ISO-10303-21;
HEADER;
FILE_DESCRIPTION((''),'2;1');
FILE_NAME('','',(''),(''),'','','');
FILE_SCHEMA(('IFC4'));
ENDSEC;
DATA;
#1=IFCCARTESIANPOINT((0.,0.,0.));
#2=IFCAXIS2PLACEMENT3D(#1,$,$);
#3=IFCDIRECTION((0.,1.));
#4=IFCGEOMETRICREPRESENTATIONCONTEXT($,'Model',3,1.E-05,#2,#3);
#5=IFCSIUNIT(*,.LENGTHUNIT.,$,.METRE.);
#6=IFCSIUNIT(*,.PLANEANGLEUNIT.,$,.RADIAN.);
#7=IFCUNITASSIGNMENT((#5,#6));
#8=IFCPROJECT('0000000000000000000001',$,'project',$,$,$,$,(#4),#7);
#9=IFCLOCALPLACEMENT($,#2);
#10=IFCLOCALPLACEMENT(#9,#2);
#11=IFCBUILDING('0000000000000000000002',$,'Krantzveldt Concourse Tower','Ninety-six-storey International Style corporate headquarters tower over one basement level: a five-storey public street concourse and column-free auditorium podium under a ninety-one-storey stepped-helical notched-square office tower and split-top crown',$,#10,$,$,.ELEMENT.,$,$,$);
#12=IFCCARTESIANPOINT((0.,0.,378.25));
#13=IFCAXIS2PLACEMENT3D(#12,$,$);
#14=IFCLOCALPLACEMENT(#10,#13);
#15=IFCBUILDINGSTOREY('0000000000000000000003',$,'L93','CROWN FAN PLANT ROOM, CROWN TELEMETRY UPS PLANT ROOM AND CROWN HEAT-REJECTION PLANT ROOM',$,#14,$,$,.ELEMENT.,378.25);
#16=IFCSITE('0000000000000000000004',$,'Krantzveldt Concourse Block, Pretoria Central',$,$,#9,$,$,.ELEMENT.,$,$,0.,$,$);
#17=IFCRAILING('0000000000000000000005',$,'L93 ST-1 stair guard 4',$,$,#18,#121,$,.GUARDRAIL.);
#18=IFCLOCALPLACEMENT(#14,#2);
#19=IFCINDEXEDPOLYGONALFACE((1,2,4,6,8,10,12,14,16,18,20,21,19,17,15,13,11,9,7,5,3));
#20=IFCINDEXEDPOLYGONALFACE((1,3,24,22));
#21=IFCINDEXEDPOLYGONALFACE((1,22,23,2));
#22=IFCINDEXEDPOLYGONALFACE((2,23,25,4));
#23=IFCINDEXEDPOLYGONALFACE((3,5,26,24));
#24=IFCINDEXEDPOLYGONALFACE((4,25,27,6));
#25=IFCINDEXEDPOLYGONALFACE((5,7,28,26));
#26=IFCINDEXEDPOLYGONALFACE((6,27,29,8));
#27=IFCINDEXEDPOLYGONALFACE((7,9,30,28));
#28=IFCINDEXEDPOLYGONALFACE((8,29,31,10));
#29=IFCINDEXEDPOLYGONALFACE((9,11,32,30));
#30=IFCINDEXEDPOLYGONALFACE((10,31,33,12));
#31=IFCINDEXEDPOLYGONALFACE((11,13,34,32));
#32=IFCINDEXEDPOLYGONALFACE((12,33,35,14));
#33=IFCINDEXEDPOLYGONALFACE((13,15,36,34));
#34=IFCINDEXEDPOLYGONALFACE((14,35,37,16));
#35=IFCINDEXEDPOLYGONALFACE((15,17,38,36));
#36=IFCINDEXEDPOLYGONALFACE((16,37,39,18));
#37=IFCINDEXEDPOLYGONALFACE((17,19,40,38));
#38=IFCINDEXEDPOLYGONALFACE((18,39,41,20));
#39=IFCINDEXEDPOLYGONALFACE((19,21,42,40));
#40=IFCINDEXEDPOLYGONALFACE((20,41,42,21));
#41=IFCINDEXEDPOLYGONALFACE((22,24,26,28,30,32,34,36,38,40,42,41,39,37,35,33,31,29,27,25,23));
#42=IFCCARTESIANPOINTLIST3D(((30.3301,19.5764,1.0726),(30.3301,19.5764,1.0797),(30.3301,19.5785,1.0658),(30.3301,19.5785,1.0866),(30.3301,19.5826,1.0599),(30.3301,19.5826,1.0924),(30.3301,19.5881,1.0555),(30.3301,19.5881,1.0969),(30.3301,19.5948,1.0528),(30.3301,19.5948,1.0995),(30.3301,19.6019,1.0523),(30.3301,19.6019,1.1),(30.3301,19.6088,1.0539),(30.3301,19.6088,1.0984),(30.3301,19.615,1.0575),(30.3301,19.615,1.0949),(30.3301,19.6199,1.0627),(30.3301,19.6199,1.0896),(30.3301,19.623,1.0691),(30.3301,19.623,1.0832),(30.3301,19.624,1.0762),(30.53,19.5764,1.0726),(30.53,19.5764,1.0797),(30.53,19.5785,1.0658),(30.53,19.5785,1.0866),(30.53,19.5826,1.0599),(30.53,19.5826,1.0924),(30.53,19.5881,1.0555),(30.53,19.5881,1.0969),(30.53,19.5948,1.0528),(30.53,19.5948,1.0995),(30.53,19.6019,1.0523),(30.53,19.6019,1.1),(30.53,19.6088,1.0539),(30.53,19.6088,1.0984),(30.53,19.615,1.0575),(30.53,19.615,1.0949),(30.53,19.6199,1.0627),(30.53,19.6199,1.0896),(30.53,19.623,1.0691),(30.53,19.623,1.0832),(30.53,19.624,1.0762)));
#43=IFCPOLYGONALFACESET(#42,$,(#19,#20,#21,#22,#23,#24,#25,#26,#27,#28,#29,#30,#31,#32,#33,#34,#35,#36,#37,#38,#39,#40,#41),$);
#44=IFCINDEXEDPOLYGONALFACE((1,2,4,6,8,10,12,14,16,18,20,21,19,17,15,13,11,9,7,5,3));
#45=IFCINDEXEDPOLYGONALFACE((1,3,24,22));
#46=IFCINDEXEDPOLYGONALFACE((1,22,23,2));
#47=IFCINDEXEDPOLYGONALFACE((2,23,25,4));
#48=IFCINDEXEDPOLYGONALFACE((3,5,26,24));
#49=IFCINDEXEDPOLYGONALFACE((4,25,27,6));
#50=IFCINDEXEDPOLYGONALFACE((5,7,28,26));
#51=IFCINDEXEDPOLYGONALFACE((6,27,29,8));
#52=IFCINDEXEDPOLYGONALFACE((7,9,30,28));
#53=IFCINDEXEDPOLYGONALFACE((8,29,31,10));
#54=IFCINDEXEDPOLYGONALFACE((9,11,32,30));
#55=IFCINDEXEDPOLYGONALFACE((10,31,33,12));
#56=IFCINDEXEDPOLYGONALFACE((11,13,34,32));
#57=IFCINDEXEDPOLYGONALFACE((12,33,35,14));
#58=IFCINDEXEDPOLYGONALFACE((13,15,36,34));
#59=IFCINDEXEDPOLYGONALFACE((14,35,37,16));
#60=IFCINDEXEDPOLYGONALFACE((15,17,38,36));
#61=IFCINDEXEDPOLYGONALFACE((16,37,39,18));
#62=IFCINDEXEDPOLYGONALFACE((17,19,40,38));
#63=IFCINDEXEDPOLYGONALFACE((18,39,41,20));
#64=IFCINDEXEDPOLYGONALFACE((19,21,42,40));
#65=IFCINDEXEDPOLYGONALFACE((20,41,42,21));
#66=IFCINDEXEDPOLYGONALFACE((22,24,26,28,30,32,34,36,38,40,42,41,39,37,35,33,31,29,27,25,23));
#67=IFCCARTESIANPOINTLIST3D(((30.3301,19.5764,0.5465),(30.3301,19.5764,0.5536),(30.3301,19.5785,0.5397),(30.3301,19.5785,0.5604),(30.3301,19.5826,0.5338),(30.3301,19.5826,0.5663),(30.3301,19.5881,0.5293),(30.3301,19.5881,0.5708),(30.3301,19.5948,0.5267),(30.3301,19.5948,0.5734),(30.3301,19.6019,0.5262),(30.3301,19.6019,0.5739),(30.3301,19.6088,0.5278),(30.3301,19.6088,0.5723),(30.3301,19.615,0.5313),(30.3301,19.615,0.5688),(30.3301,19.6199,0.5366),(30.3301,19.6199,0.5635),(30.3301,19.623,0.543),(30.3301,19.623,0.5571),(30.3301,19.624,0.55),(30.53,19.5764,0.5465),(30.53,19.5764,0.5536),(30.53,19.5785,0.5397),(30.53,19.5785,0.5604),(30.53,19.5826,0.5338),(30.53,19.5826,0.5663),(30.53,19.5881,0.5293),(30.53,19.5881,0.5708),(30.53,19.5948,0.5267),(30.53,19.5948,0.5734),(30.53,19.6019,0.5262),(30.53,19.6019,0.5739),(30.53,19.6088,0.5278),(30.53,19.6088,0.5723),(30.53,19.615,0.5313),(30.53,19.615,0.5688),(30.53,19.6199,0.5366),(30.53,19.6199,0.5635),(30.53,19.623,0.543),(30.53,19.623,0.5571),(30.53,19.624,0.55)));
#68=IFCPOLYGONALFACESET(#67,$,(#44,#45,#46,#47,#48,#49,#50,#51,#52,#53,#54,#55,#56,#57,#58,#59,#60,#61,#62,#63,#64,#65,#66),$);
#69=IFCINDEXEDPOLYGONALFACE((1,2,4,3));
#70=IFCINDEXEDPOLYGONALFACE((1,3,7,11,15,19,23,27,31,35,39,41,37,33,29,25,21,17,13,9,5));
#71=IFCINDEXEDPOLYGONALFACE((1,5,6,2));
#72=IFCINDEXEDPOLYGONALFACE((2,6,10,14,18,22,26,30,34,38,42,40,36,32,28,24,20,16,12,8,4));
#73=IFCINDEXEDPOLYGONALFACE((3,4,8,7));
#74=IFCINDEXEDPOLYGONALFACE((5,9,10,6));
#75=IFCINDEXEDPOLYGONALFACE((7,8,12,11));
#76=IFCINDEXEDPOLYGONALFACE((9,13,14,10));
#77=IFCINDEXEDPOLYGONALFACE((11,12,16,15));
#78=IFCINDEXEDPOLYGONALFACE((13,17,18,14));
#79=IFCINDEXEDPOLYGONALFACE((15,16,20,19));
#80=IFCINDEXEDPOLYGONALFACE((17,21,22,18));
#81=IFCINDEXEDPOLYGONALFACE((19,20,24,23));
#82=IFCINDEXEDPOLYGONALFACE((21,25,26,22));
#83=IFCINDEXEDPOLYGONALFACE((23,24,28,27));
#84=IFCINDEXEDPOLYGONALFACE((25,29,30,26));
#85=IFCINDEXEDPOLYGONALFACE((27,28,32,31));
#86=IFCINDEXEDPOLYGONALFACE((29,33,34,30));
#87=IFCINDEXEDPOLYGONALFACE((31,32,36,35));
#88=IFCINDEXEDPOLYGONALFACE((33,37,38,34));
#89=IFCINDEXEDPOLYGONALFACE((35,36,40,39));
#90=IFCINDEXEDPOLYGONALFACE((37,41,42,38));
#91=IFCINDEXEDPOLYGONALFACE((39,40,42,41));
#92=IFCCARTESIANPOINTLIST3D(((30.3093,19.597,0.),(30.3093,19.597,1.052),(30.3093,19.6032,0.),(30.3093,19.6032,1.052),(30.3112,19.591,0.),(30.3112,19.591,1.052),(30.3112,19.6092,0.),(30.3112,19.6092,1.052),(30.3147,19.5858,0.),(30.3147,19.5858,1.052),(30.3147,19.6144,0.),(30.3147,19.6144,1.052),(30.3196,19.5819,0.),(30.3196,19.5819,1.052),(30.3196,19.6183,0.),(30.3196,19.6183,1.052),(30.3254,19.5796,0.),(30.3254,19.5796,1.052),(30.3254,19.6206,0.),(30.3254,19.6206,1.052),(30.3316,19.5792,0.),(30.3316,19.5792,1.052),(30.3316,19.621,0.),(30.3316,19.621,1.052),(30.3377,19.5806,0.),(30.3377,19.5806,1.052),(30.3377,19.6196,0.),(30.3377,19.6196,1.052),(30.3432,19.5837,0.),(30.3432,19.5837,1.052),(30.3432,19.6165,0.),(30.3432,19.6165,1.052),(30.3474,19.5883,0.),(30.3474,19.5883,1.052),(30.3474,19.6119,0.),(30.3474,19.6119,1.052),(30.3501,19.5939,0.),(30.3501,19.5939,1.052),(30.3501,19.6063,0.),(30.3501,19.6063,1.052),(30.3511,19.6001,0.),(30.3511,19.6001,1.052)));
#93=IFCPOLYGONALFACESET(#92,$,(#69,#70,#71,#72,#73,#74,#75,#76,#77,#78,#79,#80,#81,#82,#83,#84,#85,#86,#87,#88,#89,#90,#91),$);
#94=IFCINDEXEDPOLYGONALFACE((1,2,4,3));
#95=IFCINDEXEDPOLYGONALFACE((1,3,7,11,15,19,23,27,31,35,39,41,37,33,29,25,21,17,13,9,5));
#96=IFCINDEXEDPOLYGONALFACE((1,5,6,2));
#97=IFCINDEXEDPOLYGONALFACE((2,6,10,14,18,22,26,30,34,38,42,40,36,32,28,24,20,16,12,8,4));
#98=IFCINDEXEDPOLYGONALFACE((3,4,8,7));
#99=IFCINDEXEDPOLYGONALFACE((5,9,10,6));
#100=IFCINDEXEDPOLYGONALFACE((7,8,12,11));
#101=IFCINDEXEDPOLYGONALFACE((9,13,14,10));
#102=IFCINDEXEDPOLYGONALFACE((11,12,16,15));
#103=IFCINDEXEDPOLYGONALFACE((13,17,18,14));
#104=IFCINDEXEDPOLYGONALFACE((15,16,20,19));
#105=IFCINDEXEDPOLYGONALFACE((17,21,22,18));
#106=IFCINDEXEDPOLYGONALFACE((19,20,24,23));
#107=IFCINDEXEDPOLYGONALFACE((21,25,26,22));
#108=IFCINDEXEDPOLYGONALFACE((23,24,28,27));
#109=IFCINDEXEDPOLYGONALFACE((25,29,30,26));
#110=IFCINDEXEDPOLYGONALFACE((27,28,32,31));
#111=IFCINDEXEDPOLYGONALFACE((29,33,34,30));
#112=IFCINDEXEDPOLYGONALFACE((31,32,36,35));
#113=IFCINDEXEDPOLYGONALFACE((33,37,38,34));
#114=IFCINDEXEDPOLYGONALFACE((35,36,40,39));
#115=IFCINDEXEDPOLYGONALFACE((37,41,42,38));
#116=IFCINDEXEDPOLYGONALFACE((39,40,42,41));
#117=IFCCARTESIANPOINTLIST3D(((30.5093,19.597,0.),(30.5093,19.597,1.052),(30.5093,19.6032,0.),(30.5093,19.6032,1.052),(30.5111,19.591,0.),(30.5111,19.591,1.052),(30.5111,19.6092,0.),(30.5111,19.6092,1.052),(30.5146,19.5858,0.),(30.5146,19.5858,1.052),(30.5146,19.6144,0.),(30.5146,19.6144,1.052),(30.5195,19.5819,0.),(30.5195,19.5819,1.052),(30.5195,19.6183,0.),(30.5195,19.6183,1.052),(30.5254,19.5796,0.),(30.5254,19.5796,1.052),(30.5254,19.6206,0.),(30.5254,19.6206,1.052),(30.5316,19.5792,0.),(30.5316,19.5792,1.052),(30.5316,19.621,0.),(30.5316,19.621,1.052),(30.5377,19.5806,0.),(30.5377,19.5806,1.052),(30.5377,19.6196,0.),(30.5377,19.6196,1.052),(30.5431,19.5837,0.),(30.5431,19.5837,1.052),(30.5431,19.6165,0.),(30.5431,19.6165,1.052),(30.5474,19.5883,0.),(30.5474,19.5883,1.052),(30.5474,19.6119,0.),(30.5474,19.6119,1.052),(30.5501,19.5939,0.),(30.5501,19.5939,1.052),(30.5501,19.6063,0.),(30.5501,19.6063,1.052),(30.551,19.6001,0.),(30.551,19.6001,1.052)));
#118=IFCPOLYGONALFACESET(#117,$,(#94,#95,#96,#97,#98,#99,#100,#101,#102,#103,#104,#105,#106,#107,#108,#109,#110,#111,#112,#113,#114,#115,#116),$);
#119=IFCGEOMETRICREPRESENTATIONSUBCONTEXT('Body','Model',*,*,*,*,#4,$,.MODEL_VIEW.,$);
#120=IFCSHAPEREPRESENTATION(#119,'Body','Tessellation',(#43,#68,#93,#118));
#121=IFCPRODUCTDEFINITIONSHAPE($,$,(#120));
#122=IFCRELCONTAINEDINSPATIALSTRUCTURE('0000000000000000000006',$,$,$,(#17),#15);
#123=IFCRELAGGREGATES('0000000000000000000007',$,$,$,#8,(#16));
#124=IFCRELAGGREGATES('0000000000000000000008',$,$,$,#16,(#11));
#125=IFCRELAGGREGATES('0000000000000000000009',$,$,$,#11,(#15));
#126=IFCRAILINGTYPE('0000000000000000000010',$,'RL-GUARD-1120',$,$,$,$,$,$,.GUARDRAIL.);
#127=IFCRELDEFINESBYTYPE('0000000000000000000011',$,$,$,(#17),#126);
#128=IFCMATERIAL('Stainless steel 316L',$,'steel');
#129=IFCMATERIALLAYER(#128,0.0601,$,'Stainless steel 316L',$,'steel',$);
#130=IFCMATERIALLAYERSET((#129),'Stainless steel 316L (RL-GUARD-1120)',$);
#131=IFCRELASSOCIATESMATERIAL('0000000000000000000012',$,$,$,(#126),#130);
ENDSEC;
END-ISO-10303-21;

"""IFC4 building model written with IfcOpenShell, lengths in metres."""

from ifc_helpers import new_model, si_unit, direction, frame, origin, origin_2d, place, context, subcontext, project, spatial, circle, extrude, material, layer, layer_set, type_object, element, save


model = new_model("IFC4")

# Units and contexts
model_context = context("Model", 3, precision=1e-05, world=origin(), true_north=direction((0.0, 1.0)))
body_context = subcontext(model_context, "Body", "Model", "MODEL_VIEW")
ifc_project = project(units=[si_unit("LENGTHUNIT", "METRE"), si_unit("PLANEANGLEUNIT", "RADIAN")], contexts=[model_context])

# Site, building, storey
site_placement = place(None, origin())
site = spatial("IfcSite", under=ifc_project, at=site_placement, Name="Krantzveldt Concourse Block, Pretoria Central", CompositionType="ELEMENT", RefElevation=0.0)
building_placement = place(site_placement, origin())
building = spatial("IfcBuilding", under=site, at=building_placement, Name="Krantzveldt Concourse Tower", Description="Ninety-six-storey International Style corporate headquarters tower over one basement level: a five-storey public street concourse and column-free auditorium podium under a ninety-one-storey stepped-helical notched-square office tower and split-top crown", CompositionType="ELEMENT")
storey_placement = place(building_placement, frame((0.0, 0.0, 378.25)))
storey = spatial("IfcBuildingStorey", under=building, at=storey_placement, Name="L93", Description="CROWN FAN PLANT ROOM, CROWN TELEMETRY UPS PLANT ROOM AND CROWN HEAT-REJECTION PLANT ROOM", CompositionType="ELEMENT", Elevation=378.25)

# Railing
ifc_material_1 = material(Name="Stainless steel 316L", Category="steel")
ifc_layer_1 = layer(ifc_material_1, 0.0601, Name="Stainless steel 316L", Category="steel")
ifc_layer_set_1 = layer_set([ifc_layer_1], Name="Stainless steel 316L (RL-GUARD-1120)")
railing_type_1 = type_object("IfcRailingType", Name="RL-GUARD-1120", PredefinedType="GUARDRAIL", material=ifc_layer_set_1)
railing_1_placement = place(storey_placement, frame((30.3301, 19.6001, 0.0)))
element("IfcRailing", 1, at=railing_1_placement, inside=storey, type_object=railing_type_1, Name="L93 ST-1 stair guard 4", PredefinedType="GUARDRAIL", context=body_context, shape_type="SweptSolid", body=[
    extrude(circle(Radius=0.0239, at=origin_2d()), frame((0.0, 0.0, 1.0762), z_axis=(1.0, 0.0, 0.0), x_axis=(0.0, 1.0, 0.0)), (0.0, 0.0, 1.0), 0.2),
    extrude(circle(Radius=0.0239, at=origin_2d()), frame((0.0, 0.0, 0.55), z_axis=(1.0, 0.0, 0.0), x_axis=(0.0, 1.0, 0.0)), (0.0, 0.0, 1.0), 0.2),
    extrude(circle(Radius=0.021, at=origin_2d()), origin(), (0.0, 0.0, 1.0), 1.052),
    extrude(circle(Radius=0.021, at=origin_2d()), frame((0.2, 0.0, 0.0)), (0.0, 0.0, 1.0), 1.052),
])

save(model, "model.ifc")
